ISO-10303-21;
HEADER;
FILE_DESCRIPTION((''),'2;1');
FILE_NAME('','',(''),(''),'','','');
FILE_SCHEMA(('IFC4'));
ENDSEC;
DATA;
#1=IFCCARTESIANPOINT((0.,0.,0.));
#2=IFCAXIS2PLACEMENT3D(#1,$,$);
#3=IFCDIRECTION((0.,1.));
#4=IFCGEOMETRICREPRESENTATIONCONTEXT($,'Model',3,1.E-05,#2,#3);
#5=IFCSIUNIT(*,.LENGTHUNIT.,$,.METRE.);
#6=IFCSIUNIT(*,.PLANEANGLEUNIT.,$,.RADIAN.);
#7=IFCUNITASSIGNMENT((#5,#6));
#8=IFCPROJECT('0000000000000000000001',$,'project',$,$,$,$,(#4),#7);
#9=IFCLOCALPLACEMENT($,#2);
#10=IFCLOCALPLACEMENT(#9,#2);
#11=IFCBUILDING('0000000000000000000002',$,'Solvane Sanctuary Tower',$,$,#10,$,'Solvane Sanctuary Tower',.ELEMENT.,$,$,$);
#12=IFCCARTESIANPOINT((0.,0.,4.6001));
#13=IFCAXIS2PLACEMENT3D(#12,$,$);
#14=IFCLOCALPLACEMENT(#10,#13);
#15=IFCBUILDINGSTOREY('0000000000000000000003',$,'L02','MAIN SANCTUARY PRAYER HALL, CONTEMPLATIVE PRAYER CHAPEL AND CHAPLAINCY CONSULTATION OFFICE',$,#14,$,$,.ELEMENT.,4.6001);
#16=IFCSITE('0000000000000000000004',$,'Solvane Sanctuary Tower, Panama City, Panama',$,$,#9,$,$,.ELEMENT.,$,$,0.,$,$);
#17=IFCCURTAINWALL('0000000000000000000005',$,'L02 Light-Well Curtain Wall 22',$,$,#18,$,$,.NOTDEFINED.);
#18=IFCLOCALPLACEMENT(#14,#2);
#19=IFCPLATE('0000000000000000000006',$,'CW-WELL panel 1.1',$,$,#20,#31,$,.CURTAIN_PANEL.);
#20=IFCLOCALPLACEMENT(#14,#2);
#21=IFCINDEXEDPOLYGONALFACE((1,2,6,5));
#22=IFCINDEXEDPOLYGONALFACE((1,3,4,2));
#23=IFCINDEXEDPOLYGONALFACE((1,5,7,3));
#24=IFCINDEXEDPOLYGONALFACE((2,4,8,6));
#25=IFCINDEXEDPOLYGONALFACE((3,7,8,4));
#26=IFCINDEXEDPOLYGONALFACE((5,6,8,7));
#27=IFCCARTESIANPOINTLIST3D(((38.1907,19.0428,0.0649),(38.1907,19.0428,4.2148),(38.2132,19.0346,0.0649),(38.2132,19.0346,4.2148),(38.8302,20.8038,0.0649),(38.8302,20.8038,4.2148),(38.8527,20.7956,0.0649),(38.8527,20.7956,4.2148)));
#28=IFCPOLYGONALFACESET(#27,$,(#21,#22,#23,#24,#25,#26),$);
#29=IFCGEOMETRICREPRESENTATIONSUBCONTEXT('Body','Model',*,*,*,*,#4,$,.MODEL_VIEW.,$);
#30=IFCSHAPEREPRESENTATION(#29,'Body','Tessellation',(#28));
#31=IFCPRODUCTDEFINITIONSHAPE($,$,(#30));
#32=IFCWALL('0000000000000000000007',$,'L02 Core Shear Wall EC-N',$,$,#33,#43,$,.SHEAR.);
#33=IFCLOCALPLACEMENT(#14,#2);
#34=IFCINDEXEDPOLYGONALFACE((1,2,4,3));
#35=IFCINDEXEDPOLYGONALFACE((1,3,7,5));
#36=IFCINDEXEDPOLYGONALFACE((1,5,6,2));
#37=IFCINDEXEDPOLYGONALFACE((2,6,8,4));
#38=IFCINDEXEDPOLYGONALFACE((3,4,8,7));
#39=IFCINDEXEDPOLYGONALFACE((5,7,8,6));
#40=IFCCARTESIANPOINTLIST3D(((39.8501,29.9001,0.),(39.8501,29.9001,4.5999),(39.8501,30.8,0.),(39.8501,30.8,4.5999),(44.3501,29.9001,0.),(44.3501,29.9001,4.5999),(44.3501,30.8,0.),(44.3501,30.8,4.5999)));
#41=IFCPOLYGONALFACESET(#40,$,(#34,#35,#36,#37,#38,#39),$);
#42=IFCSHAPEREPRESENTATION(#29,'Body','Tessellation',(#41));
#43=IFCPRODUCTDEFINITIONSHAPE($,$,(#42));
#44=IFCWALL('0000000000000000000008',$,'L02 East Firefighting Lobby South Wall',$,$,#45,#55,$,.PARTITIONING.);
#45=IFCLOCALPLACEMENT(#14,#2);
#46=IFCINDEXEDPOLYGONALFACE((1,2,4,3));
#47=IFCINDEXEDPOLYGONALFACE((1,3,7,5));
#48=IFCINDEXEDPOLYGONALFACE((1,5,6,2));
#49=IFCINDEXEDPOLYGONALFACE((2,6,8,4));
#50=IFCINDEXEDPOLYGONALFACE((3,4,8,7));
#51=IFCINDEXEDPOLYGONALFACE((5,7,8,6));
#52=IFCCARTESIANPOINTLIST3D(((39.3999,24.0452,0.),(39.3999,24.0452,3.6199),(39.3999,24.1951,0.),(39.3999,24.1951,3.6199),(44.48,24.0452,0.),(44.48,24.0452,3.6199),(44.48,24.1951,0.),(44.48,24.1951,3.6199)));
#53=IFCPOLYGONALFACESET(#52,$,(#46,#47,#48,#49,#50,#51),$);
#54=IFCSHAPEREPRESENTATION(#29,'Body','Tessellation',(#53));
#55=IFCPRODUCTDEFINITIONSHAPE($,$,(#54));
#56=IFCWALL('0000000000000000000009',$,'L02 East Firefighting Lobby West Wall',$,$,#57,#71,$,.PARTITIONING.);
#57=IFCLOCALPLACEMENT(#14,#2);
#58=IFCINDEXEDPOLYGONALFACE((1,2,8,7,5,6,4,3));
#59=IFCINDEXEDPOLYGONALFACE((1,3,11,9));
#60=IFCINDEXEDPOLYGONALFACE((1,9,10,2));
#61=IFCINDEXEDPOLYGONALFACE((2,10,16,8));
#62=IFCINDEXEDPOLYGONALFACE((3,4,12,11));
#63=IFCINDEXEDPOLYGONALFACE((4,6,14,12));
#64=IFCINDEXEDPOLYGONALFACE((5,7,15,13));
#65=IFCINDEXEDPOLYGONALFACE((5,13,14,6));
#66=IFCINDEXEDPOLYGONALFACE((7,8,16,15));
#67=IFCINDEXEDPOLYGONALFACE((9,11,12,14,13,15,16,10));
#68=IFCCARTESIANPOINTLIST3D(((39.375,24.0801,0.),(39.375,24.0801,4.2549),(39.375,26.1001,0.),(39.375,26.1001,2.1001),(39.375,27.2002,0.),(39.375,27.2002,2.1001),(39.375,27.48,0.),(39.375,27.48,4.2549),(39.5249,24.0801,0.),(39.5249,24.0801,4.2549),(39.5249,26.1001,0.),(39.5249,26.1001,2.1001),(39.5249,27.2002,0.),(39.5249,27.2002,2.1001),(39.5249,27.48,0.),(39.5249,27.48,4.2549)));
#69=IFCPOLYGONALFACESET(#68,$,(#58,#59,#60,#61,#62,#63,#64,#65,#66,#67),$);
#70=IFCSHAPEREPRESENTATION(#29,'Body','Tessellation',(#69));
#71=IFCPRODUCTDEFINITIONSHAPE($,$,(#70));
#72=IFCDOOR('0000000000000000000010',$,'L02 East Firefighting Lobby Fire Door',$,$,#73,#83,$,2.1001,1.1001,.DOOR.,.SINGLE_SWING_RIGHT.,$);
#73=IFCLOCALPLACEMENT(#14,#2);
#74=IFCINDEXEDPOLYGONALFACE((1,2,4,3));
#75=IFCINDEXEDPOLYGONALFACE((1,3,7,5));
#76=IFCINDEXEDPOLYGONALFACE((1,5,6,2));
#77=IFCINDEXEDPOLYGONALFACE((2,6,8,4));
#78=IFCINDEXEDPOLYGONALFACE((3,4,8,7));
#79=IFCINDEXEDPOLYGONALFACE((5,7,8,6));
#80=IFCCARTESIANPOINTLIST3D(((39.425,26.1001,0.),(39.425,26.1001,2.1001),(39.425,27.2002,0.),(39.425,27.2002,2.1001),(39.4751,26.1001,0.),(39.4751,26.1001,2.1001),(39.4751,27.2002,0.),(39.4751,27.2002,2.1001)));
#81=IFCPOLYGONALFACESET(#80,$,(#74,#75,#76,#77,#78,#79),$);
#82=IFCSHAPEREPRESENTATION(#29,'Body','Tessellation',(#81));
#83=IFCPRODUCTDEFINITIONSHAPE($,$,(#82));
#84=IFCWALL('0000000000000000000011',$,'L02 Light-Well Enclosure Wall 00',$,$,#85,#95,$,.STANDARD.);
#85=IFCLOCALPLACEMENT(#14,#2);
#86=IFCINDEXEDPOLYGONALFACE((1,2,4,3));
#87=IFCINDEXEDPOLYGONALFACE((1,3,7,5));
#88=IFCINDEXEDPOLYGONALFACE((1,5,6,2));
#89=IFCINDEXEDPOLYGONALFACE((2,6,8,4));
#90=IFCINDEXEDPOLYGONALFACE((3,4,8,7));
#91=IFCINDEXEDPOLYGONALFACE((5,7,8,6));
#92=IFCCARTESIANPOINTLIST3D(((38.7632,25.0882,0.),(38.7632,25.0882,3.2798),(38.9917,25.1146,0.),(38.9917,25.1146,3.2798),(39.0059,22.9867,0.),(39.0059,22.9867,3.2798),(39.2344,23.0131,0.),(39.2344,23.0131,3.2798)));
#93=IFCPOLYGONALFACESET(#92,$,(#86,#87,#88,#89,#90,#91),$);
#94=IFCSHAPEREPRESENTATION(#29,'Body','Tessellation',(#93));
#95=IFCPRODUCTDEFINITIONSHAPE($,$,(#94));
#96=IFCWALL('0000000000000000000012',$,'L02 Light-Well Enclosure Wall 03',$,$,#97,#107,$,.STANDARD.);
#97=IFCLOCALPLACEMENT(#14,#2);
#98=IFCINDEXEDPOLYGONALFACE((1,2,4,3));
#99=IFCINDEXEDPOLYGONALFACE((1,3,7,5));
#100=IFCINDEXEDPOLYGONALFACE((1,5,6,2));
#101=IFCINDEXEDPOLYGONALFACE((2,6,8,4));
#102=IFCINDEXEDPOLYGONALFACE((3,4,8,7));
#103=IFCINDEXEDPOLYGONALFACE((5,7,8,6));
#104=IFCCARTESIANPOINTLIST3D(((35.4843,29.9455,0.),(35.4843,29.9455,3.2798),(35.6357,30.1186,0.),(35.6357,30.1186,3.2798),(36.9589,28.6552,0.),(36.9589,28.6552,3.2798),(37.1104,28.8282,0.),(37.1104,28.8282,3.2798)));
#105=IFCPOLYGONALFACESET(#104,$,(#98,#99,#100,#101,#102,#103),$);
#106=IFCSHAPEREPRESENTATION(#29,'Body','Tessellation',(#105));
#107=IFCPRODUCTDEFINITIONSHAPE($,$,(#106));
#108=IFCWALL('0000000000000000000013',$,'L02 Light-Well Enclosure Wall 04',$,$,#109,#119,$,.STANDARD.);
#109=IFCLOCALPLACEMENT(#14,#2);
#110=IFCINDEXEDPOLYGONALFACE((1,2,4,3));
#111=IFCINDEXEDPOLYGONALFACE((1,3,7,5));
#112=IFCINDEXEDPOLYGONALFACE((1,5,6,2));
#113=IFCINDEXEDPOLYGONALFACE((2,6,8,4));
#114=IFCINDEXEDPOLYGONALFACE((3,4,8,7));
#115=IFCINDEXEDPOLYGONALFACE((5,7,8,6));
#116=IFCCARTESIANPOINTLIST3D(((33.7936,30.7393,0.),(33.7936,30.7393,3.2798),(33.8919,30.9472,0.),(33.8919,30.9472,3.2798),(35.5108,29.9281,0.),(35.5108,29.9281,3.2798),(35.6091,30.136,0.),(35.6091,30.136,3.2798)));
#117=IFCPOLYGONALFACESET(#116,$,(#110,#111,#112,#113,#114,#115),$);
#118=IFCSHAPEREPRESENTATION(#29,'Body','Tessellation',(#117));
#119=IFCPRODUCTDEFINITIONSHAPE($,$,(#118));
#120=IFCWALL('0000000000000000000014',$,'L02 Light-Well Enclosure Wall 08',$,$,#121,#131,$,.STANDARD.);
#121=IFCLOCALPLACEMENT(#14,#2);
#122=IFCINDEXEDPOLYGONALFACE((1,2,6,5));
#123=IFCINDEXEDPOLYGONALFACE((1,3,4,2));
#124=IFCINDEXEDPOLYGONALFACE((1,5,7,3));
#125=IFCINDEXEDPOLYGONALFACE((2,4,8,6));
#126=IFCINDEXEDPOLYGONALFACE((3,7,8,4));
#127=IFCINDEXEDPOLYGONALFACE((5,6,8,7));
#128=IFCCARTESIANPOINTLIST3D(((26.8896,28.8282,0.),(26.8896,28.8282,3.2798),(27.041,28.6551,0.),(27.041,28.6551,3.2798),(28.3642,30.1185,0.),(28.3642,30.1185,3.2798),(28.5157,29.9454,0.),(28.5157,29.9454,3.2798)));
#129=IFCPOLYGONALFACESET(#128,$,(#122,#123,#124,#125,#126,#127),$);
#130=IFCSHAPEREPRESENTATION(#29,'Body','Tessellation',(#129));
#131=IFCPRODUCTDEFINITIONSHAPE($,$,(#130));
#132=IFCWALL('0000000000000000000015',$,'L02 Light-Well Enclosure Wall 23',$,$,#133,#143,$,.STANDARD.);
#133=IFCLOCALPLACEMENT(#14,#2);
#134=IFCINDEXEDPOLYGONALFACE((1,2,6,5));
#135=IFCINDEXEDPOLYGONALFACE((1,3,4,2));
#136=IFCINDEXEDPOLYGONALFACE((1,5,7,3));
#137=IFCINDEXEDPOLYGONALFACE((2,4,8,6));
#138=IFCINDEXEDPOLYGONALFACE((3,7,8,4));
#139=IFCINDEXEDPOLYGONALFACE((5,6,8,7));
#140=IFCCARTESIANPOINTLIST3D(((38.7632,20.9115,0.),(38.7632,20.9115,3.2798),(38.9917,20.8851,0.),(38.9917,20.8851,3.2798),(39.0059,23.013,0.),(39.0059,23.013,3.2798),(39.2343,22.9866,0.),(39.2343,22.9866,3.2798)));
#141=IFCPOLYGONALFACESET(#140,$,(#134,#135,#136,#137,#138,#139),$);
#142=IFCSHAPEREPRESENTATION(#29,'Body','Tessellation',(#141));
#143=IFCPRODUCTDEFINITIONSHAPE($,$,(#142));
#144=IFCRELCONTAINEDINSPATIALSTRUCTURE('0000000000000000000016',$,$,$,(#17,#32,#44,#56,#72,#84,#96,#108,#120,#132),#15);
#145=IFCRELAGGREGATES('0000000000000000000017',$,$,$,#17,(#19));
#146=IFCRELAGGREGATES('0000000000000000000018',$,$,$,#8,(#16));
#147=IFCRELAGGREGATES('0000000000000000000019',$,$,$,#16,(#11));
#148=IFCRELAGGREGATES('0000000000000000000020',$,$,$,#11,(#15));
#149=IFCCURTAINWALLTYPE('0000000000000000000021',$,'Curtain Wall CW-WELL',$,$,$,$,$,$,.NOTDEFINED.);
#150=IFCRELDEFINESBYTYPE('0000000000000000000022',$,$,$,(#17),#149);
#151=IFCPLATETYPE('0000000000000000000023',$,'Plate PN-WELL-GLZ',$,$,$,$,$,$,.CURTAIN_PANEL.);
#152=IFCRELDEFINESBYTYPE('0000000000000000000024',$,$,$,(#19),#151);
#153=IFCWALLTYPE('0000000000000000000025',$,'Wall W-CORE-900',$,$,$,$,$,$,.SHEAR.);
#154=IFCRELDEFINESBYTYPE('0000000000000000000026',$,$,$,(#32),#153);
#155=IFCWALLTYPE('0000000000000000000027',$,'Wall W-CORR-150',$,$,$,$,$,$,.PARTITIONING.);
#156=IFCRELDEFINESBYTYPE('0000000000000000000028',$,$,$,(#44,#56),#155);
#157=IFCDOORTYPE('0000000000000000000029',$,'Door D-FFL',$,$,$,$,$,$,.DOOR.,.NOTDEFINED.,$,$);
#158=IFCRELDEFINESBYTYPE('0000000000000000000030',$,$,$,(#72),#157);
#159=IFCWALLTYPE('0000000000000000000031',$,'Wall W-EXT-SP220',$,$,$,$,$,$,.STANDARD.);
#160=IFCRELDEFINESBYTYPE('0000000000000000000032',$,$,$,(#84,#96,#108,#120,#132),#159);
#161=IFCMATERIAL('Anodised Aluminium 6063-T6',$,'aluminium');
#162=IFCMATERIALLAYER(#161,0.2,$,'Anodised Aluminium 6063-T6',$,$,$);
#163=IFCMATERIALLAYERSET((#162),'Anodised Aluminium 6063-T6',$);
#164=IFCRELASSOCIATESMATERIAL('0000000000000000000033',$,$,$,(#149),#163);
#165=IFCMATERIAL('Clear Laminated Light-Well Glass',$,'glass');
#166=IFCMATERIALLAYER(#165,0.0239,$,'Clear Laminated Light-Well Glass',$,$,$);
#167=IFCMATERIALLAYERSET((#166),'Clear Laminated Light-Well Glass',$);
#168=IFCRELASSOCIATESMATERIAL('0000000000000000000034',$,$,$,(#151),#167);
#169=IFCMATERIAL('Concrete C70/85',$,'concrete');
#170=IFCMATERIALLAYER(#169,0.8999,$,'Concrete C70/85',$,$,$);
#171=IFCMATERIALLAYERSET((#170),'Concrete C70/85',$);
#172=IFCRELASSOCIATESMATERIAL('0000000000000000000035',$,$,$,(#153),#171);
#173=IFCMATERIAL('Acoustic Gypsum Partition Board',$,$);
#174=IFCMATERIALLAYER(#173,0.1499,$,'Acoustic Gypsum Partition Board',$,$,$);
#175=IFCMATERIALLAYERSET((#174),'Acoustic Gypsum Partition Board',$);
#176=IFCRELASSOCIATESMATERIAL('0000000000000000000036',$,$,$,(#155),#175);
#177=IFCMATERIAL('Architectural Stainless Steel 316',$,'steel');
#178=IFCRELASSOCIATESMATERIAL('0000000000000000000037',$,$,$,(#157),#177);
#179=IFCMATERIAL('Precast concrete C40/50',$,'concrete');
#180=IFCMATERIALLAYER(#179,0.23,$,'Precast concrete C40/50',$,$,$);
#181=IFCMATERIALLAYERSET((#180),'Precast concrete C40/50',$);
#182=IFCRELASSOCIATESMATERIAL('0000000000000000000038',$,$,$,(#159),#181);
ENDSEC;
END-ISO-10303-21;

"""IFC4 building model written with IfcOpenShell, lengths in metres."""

from ifc_helpers import new_model, si_unit, direction, frame, frame_2d, origin, origin_2d, place, context, subcontext, project, spatial, rectangle, extrude, material, layer, layer_set, type_object, element, fill, aggregate, save


model = new_model("IFC4")

# Units and contexts
model_context = context("Model", 3, precision=1e-05, world=origin(), true_north=direction((0.0, 1.0)))
body_context = subcontext(model_context, "Body", "Model", "MODEL_VIEW")
ifc_project = project(units=[si_unit("LENGTHUNIT", "METRE"), si_unit("PLANEANGLEUNIT", "RADIAN")], contexts=[model_context])

# Site, building, storey
site_placement = place(None, origin())
site = spatial("IfcSite", under=ifc_project, at=site_placement, Name="Solvane Sanctuary Tower, Panama City, Panama", CompositionType="ELEMENT", RefElevation=0.0)
building_placement = place(site_placement, origin())
building = spatial("IfcBuilding", under=site, at=building_placement, Name="Solvane Sanctuary Tower", LongName="Solvane Sanctuary Tower", CompositionType="ELEMENT")
storey_placement = place(building_placement, frame((0.0, 0.0, 4.6001)))
storey = spatial("IfcBuildingStorey", under=building, at=storey_placement, Name="L02", Description="MAIN SANCTUARY PRAYER HALL, CONTEMPLATIVE PRAYER CHAPEL AND CHAPLAINCY CONSULTATION OFFICE", CompositionType="ELEMENT", Elevation=4.6001)

# Shared definitions
ifc_material_1 = material(Name="Anodised Aluminium 6063-T6", Category="aluminium")
ifc_layer_1 = layer(ifc_material_1, 0.2, Name="Anodised Aluminium 6063-T6")
ifc_layer_set_1 = layer_set([ifc_layer_1], Name="Anodised Aluminium 6063-T6")
curtain_wall_type = type_object("IfcCurtainWallType", Name="Curtain Wall CW-WELL", PredefinedType="NOTDEFINED", material=ifc_layer_set_1)

# Curtain wall
curtain_wall_1_placement = place(storey_placement, origin())
curtain_wall_1 = element("IfcCurtainWall", 1, at=curtain_wall_1_placement, inside=storey, type_object=curtain_wall_type, Name="L02 Light-Well Curtain Wall 22", PredefinedType="NOTDEFINED")

# Plate
ifc_material_2 = material(Name="Clear Laminated Light-Well Glass", Category="glass")
ifc_layer_2 = layer(ifc_material_2, 0.0239, Name="Clear Laminated Light-Well Glass")
ifc_layer_set_2 = layer_set([ifc_layer_2], Name="Clear Laminated Light-Well Glass")
plate_type = type_object("IfcPlateType", Name="Plate PN-WELL-GLZ", PredefinedType="CURTAIN_PANEL", material=ifc_layer_set_2)
plate_1_placement = place(storey_placement, frame((38.5217, 19.9192, 0.0649), z_axis=(0.0, 0.0, 1.0), x_axis=(0.341346, 0.939938, 0.0)))
plate_1 = element("IfcPlate", 2, at=plate_1_placement, type_object=plate_type, Name="CW-WELL panel 1.1", PredefinedType="CURTAIN_PANEL", context=body_context, shape_type="SweptSolid", body=[
    extrude(rectangle(XDim=1.8735, YDim=0.0239, at=origin_2d()), origin(), (0.0, 0.0, 1.0), 4.1499),
])
aggregate(curtain_wall_1, [plate_1])

# Walls
ifc_material_3 = material(Name="Concrete C70/85", Category="concrete")
ifc_layer_3 = layer(ifc_material_3, 0.8999, Name="Concrete C70/85")
ifc_layer_set_3 = layer_set([ifc_layer_3], Name="Concrete C70/85")
wall_type_1 = type_object("IfcWallType", Name="Wall W-CORE-900", PredefinedType="SHEAR", material=ifc_layer_set_3)
wall_1_placement = place(storey_placement, frame((39.8501, 30.3501, 0.0), z_axis=(0.0, 0.0, 1.0), x_axis=(1.0, 0.0, 0.0)))
element("IfcWall", 3, at=wall_1_placement, inside=storey, type_object=wall_type_1, Name="L02 Core Shear Wall EC-N", PredefinedType="SHEAR", context=body_context, shape_type="SweptSolid", body=[
    extrude(rectangle(XDim=4.5, YDim=0.8999, at=frame_2d((2.25, 0.0))), origin(), (0.0, 0.0, 1.0), 4.5999),
])
ifc_material_4 = material(Name="Acoustic Gypsum Partition Board")
ifc_layer_4 = layer(ifc_material_4, 0.1499, Name="Acoustic Gypsum Partition Board")
ifc_layer_set_4 = layer_set([ifc_layer_4], Name="Acoustic Gypsum Partition Board")
wall_type_2 = type_object("IfcWallType", Name="Wall W-CORR-150", PredefinedType="PARTITIONING", material=ifc_layer_set_4)
wall_2_placement = place(storey_placement, frame((39.3999, 24.1201, 0.0), z_axis=(0.0, 0.0, 1.0), x_axis=(1.0, 0.0, 0.0)))
element("IfcWall", 4, at=wall_2_placement, inside=storey, type_object=wall_type_2, Name="L02 East Firefighting Lobby South Wall", PredefinedType="PARTITIONING", context=body_context, shape_type="SweptSolid", body=[
    extrude(rectangle(XDim=5.0801, YDim=0.1499, at=frame_2d((2.54, 0.0))), origin(), (0.0, 0.0, 1.0), 3.6199),
])

# Wall, opening, door
wall_3_placement = place(storey_placement, frame((39.45, 24.0801, 0.0), z_axis=(0.0, 0.0, 1.0), x_axis=(0.0, 1.0, 0.0)))
wall_3 = element("IfcWall", 5, at=wall_3_placement, inside=storey, type_object=wall_type_2, Name="L02 East Firefighting Lobby West Wall", PredefinedType="PARTITIONING", context=body_context, shape_type="SweptSolid", body=[
    extrude(rectangle(XDim=3.3999, YDim=0.1499, at=frame_2d((1.7, 0.0))), origin(), (0.0, 0.0, 1.0), 4.2549),
])
opening_placement = place(wall_3_placement, frame((2.02, 0.0, 0.0)))
opening = element("IfcOpeningElement", 6, at=opening_placement, cuts=wall_3, PredefinedType="OPENING", context=body_context, shape_type="SweptSolid", body=[
    extrude(rectangle(XDim=1.1001, YDim=2.1001, at=frame_2d((0.55, 1.05))), frame((0.0, 0.085, 0.0), z_axis=(0.0, -1.0, 0.0), x_axis=(1.0, 0.0, 0.0)), (0.0, 0.0, 1.0), 0.1699),
])
ifc_material_5 = material(Name="Architectural Stainless Steel 316", Category="steel")
door_type = type_object("IfcDoorType", Name="Door D-FFL", OperationType="NOTDEFINED", PredefinedType="DOOR", material=ifc_material_5)
door_placement = place(opening_placement, origin())
door = element("IfcDoor", 7, at=door_placement, inside=storey, type_object=door_type, Name="L02 East Firefighting Lobby Fire Door", OperationType="SINGLE_SWING_RIGHT", OverallHeight=2.1001, OverallWidth=1.1001, PredefinedType="DOOR", context=body_context, shape_type="SweptSolid", body=[
    extrude(rectangle(XDim=1.1001, YDim=2.1001, at=frame_2d((0.55, 1.05))), frame((0.0, 0.0249, 0.0), z_axis=(0.0, -1.0, 0.0), x_axis=(1.0, 0.0, 0.0)), (0.0, 0.0, 1.0), 0.05),
])
fill(opening, door)

# Walls
ifc_material_6 = material(Name="Precast concrete C40/50", Category="concrete")
ifc_layer_5 = layer(ifc_material_6, 0.23, Name="Precast concrete C40/50")
ifc_layer_set_5 = layer_set([ifc_layer_5], Name="Precast concrete C40/50")
wall_type_3 = type_object("IfcWallType", Name="Wall W-EXT-SP220", PredefinedType="STANDARD", material=ifc_layer_set_5)
wall_4_placement = place(storey_placement, frame((39.1201, 23.0, 0.0), z_axis=(0.0, 0.0, 1.0), x_axis=(-0.114712, 0.993399, 0.0)))
element("IfcWall", 8, at=wall_4_placement, inside=storey, type_object=wall_type_3, Name="L02 Light-Well Enclosure Wall 00", PredefinedType="STANDARD", context=body_context, shape_type="SweptSolid", body=[
    extrude(rectangle(XDim=2.1155, YDim=0.23, at=frame_2d((1.0576, 0.0))), origin(), (0.0, 0.0, 1.0), 3.2798),
])
wall_5_placement = place(storey_placement, frame((37.0347, 28.7417, 0.0), z_axis=(0.0, 0.0, 1.0), x_axis=(-0.752577, 0.658505, 0.0)))
element("IfcWall", 9, at=wall_5_placement, inside=storey, type_object=wall_type_3, Name="L02 Light-Well Enclosure Wall 03", PredefinedType="STANDARD", context=body_context, shape_type="SweptSolid", body=[
    extrude(rectangle(XDim=1.9595, YDim=0.23, at=frame_2d((0.9797, 0.0))), origin(), (0.0, 0.0, 1.0), 3.2798),
])
wall_6_placement = place(storey_placement, frame((35.5601, 30.032, 0.0), z_axis=(0.0, 0.0, 1.0), x_axis=(-0.90418, 0.427152, 0.0)))
element("IfcWall", 10, at=wall_6_placement, inside=storey, type_object=wall_type_3, Name="L02 Light-Well Enclosure Wall 04", PredefinedType="STANDARD", context=body_context, shape_type="SweptSolid", body=[
    extrude(rectangle(XDim=1.8992, YDim=0.23, at=frame_2d((0.9497, 0.0))), origin(), (0.0, 0.0, 1.0), 3.2798),
])
wall_7_placement = place(storey_placement, frame((28.4399, 30.032, 0.0), z_axis=(0.0, 0.0, 1.0), x_axis=(-0.752577, -0.658505, 0.0)))
element("IfcWall", 11, at=wall_7_placement, inside=storey, type_object=wall_type_3, Name="L02 Light-Well Enclosure Wall 08", PredefinedType="STANDARD", context=body_context, shape_type="SweptSolid", body=[
    extrude(rectangle(XDim=1.9595, YDim=0.23, at=frame_2d((0.9797, 0.0))), origin(), (0.0, 0.0, 1.0), 3.2798),
])
wall_8_placement = place(storey_placement, frame((38.8774, 20.8984, 0.0), z_axis=(0.0, 0.0, 1.0), x_axis=(0.114712, 0.993399, 0.0)))
element("IfcWall", 12, at=wall_8_placement, inside=storey, type_object=wall_type_3, Name="L02 Light-Well Enclosure Wall 23", PredefinedType="STANDARD", context=body_context, shape_type="SweptSolid", body=[
    extrude(rectangle(XDim=2.1155, YDim=0.23, at=frame_2d((1.0576, 0.0))), origin(), (0.0, 0.0, 1.0), 3.2798),
])

save(model, "model.ifc")
